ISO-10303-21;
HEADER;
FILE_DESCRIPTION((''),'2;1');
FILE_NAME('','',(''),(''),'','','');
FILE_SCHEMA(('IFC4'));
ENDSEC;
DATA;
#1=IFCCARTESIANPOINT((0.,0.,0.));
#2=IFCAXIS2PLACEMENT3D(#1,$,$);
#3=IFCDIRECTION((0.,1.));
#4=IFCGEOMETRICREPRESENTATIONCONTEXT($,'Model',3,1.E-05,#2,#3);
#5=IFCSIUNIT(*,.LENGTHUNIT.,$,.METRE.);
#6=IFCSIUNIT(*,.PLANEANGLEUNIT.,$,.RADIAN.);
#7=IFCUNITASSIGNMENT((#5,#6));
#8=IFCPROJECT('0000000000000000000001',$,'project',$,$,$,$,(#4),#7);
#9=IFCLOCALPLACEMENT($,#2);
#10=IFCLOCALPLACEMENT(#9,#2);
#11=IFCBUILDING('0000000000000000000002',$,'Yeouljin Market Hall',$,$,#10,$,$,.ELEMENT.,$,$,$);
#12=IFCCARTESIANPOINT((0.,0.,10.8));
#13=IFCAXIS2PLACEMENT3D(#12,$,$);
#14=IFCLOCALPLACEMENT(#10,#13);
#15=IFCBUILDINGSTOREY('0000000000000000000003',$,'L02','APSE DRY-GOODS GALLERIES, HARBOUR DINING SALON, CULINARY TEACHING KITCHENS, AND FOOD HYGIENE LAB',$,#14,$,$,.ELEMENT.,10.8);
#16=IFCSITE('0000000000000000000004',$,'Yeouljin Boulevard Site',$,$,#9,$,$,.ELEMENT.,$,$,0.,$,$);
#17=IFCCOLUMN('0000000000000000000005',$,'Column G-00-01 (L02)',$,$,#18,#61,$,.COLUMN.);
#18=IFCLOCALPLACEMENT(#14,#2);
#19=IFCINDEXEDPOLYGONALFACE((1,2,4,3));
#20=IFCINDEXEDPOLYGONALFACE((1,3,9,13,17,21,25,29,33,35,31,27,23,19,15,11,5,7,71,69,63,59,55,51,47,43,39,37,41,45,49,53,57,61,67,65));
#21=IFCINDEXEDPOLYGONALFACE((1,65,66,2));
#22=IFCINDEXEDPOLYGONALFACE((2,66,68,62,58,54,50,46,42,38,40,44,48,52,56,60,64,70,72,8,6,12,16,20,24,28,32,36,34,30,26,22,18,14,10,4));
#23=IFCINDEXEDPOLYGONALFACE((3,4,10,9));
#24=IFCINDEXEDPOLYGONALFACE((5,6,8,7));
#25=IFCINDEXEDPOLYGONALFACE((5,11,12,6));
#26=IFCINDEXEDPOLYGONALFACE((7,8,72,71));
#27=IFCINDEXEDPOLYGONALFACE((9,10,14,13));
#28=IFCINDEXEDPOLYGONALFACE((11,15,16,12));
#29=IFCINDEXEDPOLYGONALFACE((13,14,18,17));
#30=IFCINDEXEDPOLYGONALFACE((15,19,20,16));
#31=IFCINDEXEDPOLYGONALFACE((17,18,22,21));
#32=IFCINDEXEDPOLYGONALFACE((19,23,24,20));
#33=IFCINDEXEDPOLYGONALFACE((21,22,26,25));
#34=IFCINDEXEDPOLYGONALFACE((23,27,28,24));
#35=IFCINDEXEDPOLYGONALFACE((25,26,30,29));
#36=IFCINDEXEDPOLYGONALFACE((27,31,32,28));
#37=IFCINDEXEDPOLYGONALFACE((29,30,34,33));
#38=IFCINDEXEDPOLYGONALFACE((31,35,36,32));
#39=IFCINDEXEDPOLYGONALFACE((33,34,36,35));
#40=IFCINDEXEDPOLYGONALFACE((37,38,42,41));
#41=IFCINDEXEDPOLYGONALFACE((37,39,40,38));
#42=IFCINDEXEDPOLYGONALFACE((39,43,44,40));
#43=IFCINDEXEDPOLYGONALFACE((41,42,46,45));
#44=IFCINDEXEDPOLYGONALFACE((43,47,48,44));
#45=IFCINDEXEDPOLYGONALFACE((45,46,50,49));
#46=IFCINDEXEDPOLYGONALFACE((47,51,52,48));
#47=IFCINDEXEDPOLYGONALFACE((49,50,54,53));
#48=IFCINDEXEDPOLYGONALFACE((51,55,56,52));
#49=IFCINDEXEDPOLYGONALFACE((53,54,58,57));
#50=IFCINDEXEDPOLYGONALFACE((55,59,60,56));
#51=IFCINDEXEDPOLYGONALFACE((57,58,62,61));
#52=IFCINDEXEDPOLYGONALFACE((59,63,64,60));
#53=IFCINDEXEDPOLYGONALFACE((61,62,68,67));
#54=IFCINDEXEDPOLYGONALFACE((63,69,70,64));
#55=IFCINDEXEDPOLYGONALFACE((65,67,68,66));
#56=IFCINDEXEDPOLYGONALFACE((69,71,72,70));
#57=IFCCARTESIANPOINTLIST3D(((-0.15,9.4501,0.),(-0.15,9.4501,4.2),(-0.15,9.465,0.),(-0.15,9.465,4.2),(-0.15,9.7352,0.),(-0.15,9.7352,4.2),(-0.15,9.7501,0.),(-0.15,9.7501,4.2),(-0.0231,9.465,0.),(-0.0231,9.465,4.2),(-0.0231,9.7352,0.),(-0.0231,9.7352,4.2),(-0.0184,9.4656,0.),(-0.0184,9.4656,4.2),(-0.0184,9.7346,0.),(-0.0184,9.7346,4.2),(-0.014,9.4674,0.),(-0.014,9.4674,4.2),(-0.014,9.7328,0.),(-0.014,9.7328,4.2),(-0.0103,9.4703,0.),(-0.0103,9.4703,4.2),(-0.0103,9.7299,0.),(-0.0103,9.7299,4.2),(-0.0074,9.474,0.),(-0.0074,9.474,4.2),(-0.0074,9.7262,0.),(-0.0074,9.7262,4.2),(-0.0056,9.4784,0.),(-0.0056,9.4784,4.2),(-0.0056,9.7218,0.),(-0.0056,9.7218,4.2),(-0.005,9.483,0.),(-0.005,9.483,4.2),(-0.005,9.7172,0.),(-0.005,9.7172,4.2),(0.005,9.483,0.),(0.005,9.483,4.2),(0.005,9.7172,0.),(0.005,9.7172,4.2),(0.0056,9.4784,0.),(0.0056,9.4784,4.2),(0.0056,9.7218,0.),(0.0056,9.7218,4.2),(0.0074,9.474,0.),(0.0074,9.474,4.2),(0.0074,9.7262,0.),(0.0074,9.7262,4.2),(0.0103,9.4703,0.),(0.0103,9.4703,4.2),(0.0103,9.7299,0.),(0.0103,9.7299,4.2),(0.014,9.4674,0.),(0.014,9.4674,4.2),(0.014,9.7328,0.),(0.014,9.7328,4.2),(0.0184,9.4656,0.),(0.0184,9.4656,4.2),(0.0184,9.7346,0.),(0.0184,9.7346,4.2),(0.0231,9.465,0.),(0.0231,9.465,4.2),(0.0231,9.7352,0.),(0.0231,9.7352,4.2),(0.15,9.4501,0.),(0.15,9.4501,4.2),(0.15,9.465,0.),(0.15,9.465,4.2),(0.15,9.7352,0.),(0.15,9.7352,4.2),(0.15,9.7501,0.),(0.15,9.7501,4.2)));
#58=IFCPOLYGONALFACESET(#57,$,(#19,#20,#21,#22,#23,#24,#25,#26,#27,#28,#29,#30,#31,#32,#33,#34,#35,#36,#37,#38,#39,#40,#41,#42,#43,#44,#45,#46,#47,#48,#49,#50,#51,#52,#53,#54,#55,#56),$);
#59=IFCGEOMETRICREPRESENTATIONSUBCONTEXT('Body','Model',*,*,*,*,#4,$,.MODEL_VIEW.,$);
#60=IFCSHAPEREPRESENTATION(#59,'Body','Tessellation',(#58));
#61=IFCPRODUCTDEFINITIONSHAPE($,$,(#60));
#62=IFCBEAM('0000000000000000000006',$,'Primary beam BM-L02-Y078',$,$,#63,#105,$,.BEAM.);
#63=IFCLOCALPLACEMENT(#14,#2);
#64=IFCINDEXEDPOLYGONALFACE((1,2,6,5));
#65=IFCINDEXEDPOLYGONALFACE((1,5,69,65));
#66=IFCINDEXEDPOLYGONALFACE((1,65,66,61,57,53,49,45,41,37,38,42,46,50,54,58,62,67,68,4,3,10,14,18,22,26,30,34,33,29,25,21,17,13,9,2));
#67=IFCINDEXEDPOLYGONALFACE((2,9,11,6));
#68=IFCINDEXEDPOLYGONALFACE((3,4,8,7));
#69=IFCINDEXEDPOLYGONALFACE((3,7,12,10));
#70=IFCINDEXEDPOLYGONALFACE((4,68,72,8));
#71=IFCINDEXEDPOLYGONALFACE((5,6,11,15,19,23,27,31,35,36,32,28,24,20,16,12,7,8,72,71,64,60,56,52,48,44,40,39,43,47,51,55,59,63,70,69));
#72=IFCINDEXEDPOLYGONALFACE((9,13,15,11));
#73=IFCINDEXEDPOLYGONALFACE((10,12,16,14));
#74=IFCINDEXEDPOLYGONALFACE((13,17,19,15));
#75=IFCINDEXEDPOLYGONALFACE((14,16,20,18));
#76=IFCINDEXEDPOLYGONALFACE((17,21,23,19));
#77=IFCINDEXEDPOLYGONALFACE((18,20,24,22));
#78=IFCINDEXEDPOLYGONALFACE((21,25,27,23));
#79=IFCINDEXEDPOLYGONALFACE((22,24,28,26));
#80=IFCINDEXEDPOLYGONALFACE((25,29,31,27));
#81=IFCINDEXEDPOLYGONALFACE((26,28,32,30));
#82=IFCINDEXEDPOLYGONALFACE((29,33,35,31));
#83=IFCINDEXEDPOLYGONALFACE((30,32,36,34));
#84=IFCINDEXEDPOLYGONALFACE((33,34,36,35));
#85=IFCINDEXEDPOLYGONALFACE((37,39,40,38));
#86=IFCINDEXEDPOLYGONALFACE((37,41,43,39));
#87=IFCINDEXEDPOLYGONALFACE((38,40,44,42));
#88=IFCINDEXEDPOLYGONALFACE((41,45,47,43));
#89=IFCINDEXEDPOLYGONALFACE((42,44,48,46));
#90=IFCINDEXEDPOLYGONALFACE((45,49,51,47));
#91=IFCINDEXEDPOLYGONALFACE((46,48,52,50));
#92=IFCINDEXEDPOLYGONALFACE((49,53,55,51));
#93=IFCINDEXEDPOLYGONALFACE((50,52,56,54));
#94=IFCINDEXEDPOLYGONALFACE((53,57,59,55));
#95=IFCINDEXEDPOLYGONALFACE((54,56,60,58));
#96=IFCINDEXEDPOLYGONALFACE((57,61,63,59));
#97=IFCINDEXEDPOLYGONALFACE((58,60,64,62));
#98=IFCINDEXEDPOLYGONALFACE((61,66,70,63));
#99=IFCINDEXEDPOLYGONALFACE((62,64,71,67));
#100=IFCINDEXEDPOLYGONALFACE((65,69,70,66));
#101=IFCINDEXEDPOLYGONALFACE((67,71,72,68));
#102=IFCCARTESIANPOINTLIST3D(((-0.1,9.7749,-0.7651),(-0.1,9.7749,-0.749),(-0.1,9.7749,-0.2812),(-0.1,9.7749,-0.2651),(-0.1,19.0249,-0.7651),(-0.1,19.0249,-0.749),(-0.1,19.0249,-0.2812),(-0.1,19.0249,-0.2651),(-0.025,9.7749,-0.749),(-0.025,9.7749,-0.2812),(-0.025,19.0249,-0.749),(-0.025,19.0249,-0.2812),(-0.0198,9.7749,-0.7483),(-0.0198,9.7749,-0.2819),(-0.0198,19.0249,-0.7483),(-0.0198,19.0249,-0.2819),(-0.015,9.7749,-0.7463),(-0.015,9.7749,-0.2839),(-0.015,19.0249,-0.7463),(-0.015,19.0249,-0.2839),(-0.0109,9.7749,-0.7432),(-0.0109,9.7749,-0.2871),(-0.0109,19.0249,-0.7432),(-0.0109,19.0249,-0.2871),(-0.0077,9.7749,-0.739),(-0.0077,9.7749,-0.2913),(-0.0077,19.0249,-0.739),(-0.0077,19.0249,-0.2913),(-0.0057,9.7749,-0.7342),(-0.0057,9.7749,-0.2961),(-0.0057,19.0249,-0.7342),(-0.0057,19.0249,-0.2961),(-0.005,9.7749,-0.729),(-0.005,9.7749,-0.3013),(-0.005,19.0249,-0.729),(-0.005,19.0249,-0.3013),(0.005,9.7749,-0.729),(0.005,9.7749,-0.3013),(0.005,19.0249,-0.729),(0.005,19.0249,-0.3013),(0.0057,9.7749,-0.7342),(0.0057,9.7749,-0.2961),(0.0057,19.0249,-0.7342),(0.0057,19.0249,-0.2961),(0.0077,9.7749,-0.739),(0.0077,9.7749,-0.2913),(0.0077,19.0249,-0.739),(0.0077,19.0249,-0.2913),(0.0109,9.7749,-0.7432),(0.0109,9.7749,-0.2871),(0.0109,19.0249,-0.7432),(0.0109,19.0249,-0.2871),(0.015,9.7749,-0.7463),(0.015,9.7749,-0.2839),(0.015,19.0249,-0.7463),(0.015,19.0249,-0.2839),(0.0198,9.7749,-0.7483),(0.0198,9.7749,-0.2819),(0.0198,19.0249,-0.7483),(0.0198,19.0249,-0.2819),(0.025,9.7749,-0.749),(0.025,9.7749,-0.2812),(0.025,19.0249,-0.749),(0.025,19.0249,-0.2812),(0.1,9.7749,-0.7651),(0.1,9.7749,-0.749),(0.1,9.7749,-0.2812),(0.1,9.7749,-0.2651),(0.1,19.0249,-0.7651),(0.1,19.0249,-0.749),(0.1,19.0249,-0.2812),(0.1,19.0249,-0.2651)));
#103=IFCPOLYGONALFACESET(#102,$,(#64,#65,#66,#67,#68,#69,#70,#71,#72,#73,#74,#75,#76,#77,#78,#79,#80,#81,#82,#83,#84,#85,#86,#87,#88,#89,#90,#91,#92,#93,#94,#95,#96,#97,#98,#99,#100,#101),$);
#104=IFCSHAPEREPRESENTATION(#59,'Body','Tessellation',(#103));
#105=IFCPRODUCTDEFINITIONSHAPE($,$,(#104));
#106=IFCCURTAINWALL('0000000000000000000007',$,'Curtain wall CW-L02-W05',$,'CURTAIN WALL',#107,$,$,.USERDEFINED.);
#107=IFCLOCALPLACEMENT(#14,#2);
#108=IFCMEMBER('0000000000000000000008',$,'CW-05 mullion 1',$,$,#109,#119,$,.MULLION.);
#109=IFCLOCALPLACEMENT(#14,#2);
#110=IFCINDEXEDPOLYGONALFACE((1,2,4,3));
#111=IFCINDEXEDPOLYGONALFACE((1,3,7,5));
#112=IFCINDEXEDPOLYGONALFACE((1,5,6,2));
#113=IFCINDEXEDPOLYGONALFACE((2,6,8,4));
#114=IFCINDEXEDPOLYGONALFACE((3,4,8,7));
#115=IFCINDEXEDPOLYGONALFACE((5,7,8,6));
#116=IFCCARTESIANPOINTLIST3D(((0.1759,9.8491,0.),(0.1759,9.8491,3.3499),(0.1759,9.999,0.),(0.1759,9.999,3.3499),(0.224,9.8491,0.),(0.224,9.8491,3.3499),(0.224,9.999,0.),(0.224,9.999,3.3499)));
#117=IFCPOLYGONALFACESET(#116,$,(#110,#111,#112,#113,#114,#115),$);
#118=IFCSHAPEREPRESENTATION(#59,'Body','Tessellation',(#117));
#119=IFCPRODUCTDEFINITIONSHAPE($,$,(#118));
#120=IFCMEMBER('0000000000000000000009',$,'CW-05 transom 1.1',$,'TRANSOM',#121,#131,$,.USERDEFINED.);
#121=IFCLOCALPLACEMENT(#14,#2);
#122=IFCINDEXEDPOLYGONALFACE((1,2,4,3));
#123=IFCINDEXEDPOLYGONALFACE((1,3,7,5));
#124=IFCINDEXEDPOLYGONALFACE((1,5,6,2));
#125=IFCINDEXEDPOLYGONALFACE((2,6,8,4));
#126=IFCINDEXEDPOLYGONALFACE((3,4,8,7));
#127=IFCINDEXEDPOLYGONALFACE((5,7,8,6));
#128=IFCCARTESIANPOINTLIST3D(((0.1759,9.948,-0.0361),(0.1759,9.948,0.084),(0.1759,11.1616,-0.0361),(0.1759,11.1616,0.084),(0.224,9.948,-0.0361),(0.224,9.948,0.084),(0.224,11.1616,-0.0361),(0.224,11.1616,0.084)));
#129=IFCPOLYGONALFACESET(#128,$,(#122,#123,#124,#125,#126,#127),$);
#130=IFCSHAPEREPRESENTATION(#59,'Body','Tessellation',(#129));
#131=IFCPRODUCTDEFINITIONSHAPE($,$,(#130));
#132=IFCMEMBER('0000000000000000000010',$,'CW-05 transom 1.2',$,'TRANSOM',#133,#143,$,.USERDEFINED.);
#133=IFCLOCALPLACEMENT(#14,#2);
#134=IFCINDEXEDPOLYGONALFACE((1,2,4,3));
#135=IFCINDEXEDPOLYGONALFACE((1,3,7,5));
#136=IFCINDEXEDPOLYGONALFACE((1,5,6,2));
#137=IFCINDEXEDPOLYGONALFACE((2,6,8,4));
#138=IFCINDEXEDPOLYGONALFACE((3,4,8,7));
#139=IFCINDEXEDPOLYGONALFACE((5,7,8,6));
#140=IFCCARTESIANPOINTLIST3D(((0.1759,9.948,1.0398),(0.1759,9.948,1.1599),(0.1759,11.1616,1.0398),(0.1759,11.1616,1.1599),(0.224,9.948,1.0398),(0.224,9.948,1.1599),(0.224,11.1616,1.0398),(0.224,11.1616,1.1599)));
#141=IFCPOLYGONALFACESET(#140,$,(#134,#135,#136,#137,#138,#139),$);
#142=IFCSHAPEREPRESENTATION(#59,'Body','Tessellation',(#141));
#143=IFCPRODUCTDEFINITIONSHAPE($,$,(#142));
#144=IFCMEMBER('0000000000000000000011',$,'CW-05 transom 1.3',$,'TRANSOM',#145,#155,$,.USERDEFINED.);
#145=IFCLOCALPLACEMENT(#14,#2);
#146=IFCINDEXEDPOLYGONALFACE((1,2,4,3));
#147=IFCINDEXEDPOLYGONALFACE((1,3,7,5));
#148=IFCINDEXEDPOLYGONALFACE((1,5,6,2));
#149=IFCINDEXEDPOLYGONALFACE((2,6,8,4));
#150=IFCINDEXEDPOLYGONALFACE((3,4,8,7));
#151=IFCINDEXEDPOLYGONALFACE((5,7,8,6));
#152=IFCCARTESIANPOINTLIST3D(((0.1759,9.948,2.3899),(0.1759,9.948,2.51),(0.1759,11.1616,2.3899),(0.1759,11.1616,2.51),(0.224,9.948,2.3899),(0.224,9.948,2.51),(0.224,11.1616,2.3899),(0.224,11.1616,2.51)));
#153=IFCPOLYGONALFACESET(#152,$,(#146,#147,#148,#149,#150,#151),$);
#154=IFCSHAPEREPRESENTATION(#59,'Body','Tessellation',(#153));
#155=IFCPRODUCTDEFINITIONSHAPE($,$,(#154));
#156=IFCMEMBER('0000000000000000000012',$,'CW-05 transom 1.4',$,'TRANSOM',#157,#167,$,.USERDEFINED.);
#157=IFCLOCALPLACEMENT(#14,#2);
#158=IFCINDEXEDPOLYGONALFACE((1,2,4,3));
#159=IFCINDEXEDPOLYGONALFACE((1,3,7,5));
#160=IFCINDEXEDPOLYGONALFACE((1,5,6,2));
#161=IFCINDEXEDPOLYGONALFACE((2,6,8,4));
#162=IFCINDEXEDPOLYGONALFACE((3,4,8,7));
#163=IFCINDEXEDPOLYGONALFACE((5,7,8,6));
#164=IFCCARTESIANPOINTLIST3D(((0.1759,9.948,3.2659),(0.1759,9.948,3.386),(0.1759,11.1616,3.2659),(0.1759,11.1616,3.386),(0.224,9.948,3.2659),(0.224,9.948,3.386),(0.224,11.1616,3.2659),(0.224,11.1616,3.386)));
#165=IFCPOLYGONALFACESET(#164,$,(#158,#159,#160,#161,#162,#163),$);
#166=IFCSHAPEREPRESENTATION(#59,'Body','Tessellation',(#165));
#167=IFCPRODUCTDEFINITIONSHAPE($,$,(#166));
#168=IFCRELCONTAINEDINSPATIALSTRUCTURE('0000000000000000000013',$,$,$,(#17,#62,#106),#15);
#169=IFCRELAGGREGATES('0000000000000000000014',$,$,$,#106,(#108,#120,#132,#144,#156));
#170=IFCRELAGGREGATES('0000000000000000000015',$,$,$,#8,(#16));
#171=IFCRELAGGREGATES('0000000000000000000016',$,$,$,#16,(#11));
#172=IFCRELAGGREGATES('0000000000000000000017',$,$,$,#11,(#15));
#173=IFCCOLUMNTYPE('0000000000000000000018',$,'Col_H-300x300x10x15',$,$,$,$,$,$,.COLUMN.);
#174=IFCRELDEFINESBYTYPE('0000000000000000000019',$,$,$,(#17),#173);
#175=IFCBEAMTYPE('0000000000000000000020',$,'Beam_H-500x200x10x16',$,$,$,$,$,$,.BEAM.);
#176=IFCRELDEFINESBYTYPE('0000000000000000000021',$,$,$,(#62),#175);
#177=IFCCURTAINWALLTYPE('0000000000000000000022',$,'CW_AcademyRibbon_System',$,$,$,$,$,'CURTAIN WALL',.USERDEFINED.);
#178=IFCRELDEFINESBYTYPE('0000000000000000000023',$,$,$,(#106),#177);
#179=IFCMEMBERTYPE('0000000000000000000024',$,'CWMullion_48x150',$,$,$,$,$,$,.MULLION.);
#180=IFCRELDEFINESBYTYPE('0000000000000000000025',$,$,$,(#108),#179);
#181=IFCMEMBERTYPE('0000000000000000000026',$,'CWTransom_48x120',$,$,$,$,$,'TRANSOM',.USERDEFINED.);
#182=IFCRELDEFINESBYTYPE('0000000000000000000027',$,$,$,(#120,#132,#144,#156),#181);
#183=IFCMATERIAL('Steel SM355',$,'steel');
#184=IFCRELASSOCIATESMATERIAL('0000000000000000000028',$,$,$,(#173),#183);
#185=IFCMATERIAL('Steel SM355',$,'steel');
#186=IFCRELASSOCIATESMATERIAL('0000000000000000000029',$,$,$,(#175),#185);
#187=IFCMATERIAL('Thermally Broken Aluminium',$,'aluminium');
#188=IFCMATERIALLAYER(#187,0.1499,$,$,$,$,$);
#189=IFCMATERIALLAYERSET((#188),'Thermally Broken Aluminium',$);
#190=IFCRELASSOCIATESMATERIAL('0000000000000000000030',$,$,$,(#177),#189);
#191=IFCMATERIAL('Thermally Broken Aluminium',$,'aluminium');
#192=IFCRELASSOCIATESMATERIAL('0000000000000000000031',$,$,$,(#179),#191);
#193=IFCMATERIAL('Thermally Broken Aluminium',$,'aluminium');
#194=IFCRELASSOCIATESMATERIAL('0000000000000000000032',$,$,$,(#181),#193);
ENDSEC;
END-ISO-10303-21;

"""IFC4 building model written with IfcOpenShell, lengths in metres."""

from ifc_helpers import new_model, si_unit, direction, frame, origin, origin_2d, place, context, subcontext, project, spatial, rectangle, i_section, extrude, material, layer, layer_set, material_profile, profile_set, type_object, element, aggregate, save


model = new_model("IFC4")

# Units and contexts
model_context = context("Model", 3, precision=1e-05, world=origin(), true_north=direction((0.0, 1.0)))
body_context = subcontext(model_context, "Body", "Model", "MODEL_VIEW")
ifc_project = project(units=[si_unit("LENGTHUNIT", "METRE"), si_unit("PLANEANGLEUNIT", "RADIAN")], contexts=[model_context])

# Site, building, storey
site_placement = place(None, origin())
site = spatial("IfcSite", under=ifc_project, at=site_placement, Name="Yeouljin Boulevard Site", CompositionType="ELEMENT", RefElevation=0.0)
building_placement = place(site_placement, origin())
building = spatial("IfcBuilding", under=site, at=building_placement, Name="Yeouljin Market Hall", CompositionType="ELEMENT")
storey_placement = place(building_placement, frame((0.0, 0.0, 10.8)))
storey = spatial("IfcBuildingStorey", under=building, at=storey_placement, Name="L02", Description="APSE DRY-GOODS GALLERIES, HARBOUR DINING SALON, CULINARY TEACHING KITCHENS, AND FOOD HYGIENE LAB", CompositionType="ELEMENT", Elevation=10.8)

# Column
ifc_material_1 = material(Name="Steel SM355", Category="steel")
ifc_material_profile_1 = material_profile(ifc_material_1, i_section(OverallWidth=0.3, OverallDepth=0.3, WebThickness=0.01, FlangeThickness=0.0149, FilletRadius=0.0181, at=origin_2d()), Name="H-300x300x10x15")
ifc_profile_set_1 = profile_set([ifc_material_profile_1], Name="Steel SM355")
column_type = type_object("IfcColumnType", Name="Col_H-300x300x10x15", PredefinedType="COLUMN", material=ifc_profile_set_1)
column_placement = place(storey_placement, frame((0.0, 9.6001, 0.0), z_axis=(0.0, 0.0, 1.0), x_axis=(1.0, 0.0, 0.0)))
element("IfcColumn", 1, at=column_placement, inside=storey, type_object=column_type, Name="Column G-00-01 (L02)", PredefinedType="COLUMN", context=body_context, shape_type="SweptSolid", body=[
    extrude(i_section(OverallWidth=0.3, OverallDepth=0.3, WebThickness=0.01, FlangeThickness=0.0149, FilletRadius=0.0181, at=origin_2d()), origin(), (0.0, 0.0, 1.0), 4.2),
])

# Beam
ifc_material_2 = material(Name="Steel SM355", Category="steel")
ifc_material_profile_2 = material_profile(ifc_material_2, i_section(OverallWidth=0.2, OverallDepth=0.5, WebThickness=0.01, FlangeThickness=0.0161, FilletRadius=0.02, at=origin_2d()), Name="H-500x200x10x16")
ifc_profile_set_2 = profile_set([ifc_material_profile_2], Name="Steel SM355")
beam_type_1 = type_object("IfcBeamType", Name="Beam_H-500x200x10x16", PredefinedType="BEAM", material=ifc_profile_set_2)
beam_1_placement = place(storey_placement, frame((0.0, 9.7749, -0.5151), z_axis=(0.0, 1.0, 0.0), x_axis=(-1.0, 0.0, 0.0)))
element("IfcBeam", 2, at=beam_1_placement, inside=storey, type_object=beam_type_1, Name="Primary beam BM-L02-Y078", PredefinedType="BEAM", context=body_context, shape_type="SweptSolid", body=[
    extrude(i_section(OverallWidth=0.2, OverallDepth=0.5, WebThickness=0.01, FlangeThickness=0.0161, FilletRadius=0.02, at=origin_2d()), origin(), (0.0, 0.0, 1.0), 9.25),
])

# Curtain wall, members
ifc_material_3 = material(Name="Thermally Broken Aluminium", Category="aluminium")
ifc_layer_1 = layer(ifc_material_3, 0.1499)
ifc_layer_set_1 = layer_set([ifc_layer_1], Name="Thermally Broken Aluminium")
curtain_wall_type = type_object("IfcCurtainWallType", Name="CW_AcademyRibbon_System", ElementType="CURTAIN WALL", PredefinedType="USERDEFINED", material=ifc_layer_set_1)
curtain_wall_placement = place(storey_placement, origin())
curtain_wall = element("IfcCurtainWall", 3, at=curtain_wall_placement, inside=storey, type_object=curtain_wall_type, Name="Curtain wall CW-L02-W05", ObjectType="CURTAIN WALL", PredefinedType="USERDEFINED")
ifc_material_4 = material(Name="Thermally Broken Aluminium", Category="aluminium")
ifc_material_profile_3 = material_profile(ifc_material_4, rectangle(XDim=0.0481, YDim=0.1499, at=origin_2d()), Name="CW-MULL-48x150")
ifc_profile_set_3 = profile_set([ifc_material_profile_3], Name="Thermally Broken Aluminium")
member_type_1 = type_object("IfcMemberType", Name="CWMullion_48x150", PredefinedType="MULLION", material=ifc_profile_set_3)
member_1_placement = place(storey_placement, frame((0.2, 9.9241, 0.0), z_axis=(0.0, 0.0, 1.0), x_axis=(-1.0, 0.0, 0.0)))
member_1 = element("IfcMember", 4, at=member_1_placement, type_object=member_type_1, Name="CW-05 mullion 1", PredefinedType="MULLION", context=body_context, shape_type="SweptSolid", body=[
    extrude(rectangle(XDim=0.0481, YDim=0.1499, at=origin_2d()), origin(), (0.0, 0.0, 1.0), 3.3499),
])
ifc_material_5 = material(Name="Thermally Broken Aluminium", Category="aluminium")
ifc_material_profile_4 = material_profile(ifc_material_5, rectangle(XDim=0.0481, YDim=0.1201, at=origin_2d()), Name="CW-TRAN-48x120")
ifc_profile_set_4 = profile_set([ifc_material_profile_4], Name="Thermally Broken Aluminium")
member_type_2 = type_object("IfcMemberType", Name="CWTransom_48x120", ElementType="TRANSOM", PredefinedType="USERDEFINED", material=ifc_profile_set_4)
member_2_placement = place(storey_placement, frame((0.2, 9.948, 0.0239), z_axis=(0.0, 1.0, 0.0), x_axis=(-1.0, 0.0, 0.0)))
member_2 = element("IfcMember", 5, at=member_2_placement, type_object=member_type_2, Name="CW-05 transom 1.1", ObjectType="TRANSOM", PredefinedType="USERDEFINED", context=body_context, shape_type="SweptSolid", body=[
    extrude(rectangle(XDim=0.0481, YDim=0.1201, at=origin_2d()), origin(), (0.0, 0.0, 1.0), 1.2136),
])
member_3_placement = place(storey_placement, frame((0.2, 9.948, 1.0999), z_axis=(0.0, 1.0, 0.0), x_axis=(-1.0, 0.0, 0.0)))
member_3 = element("IfcMember", 6, at=member_3_placement, type_object=member_type_2, Name="CW-05 transom 1.2", ObjectType="TRANSOM", PredefinedType="USERDEFINED", context=body_context, shape_type="SweptSolid", body=[
    extrude(rectangle(XDim=0.0481, YDim=0.1201, at=origin_2d()), origin(), (0.0, 0.0, 1.0), 1.2136),
])
member_4_placement = place(storey_placement, frame((0.2, 9.948, 2.45), z_axis=(0.0, 1.0, 0.0), x_axis=(-1.0, 0.0, 0.0)))
member_4 = element("IfcMember", 7, at=member_4_placement, type_object=member_type_2, Name="CW-05 transom 1.3", ObjectType="TRANSOM", PredefinedType="USERDEFINED", context=body_context, shape_type="SweptSolid", body=[
    extrude(rectangle(XDim=0.0481, YDim=0.1201, at=origin_2d()), origin(), (0.0, 0.0, 1.0), 1.2136),
])
member_5_placement = place(storey_placement, frame((0.2, 9.948, 3.3259), z_axis=(0.0, 1.0, 0.0), x_axis=(-1.0, 0.0, 0.0)))
member_5 = element("IfcMember", 8, at=member_5_placement, type_object=member_type_2, Name="CW-05 transom 1.4", ObjectType="TRANSOM", PredefinedType="USERDEFINED", context=body_context, shape_type="SweptSolid", body=[
    extrude(rectangle(XDim=0.0481, YDim=0.1201, at=origin_2d()), origin(), (0.0, 0.0, 1.0), 1.2136),
])

aggregate(curtain_wall, [member_1, member_2, member_3, member_4, member_5])

save(model, "model.ifc")
